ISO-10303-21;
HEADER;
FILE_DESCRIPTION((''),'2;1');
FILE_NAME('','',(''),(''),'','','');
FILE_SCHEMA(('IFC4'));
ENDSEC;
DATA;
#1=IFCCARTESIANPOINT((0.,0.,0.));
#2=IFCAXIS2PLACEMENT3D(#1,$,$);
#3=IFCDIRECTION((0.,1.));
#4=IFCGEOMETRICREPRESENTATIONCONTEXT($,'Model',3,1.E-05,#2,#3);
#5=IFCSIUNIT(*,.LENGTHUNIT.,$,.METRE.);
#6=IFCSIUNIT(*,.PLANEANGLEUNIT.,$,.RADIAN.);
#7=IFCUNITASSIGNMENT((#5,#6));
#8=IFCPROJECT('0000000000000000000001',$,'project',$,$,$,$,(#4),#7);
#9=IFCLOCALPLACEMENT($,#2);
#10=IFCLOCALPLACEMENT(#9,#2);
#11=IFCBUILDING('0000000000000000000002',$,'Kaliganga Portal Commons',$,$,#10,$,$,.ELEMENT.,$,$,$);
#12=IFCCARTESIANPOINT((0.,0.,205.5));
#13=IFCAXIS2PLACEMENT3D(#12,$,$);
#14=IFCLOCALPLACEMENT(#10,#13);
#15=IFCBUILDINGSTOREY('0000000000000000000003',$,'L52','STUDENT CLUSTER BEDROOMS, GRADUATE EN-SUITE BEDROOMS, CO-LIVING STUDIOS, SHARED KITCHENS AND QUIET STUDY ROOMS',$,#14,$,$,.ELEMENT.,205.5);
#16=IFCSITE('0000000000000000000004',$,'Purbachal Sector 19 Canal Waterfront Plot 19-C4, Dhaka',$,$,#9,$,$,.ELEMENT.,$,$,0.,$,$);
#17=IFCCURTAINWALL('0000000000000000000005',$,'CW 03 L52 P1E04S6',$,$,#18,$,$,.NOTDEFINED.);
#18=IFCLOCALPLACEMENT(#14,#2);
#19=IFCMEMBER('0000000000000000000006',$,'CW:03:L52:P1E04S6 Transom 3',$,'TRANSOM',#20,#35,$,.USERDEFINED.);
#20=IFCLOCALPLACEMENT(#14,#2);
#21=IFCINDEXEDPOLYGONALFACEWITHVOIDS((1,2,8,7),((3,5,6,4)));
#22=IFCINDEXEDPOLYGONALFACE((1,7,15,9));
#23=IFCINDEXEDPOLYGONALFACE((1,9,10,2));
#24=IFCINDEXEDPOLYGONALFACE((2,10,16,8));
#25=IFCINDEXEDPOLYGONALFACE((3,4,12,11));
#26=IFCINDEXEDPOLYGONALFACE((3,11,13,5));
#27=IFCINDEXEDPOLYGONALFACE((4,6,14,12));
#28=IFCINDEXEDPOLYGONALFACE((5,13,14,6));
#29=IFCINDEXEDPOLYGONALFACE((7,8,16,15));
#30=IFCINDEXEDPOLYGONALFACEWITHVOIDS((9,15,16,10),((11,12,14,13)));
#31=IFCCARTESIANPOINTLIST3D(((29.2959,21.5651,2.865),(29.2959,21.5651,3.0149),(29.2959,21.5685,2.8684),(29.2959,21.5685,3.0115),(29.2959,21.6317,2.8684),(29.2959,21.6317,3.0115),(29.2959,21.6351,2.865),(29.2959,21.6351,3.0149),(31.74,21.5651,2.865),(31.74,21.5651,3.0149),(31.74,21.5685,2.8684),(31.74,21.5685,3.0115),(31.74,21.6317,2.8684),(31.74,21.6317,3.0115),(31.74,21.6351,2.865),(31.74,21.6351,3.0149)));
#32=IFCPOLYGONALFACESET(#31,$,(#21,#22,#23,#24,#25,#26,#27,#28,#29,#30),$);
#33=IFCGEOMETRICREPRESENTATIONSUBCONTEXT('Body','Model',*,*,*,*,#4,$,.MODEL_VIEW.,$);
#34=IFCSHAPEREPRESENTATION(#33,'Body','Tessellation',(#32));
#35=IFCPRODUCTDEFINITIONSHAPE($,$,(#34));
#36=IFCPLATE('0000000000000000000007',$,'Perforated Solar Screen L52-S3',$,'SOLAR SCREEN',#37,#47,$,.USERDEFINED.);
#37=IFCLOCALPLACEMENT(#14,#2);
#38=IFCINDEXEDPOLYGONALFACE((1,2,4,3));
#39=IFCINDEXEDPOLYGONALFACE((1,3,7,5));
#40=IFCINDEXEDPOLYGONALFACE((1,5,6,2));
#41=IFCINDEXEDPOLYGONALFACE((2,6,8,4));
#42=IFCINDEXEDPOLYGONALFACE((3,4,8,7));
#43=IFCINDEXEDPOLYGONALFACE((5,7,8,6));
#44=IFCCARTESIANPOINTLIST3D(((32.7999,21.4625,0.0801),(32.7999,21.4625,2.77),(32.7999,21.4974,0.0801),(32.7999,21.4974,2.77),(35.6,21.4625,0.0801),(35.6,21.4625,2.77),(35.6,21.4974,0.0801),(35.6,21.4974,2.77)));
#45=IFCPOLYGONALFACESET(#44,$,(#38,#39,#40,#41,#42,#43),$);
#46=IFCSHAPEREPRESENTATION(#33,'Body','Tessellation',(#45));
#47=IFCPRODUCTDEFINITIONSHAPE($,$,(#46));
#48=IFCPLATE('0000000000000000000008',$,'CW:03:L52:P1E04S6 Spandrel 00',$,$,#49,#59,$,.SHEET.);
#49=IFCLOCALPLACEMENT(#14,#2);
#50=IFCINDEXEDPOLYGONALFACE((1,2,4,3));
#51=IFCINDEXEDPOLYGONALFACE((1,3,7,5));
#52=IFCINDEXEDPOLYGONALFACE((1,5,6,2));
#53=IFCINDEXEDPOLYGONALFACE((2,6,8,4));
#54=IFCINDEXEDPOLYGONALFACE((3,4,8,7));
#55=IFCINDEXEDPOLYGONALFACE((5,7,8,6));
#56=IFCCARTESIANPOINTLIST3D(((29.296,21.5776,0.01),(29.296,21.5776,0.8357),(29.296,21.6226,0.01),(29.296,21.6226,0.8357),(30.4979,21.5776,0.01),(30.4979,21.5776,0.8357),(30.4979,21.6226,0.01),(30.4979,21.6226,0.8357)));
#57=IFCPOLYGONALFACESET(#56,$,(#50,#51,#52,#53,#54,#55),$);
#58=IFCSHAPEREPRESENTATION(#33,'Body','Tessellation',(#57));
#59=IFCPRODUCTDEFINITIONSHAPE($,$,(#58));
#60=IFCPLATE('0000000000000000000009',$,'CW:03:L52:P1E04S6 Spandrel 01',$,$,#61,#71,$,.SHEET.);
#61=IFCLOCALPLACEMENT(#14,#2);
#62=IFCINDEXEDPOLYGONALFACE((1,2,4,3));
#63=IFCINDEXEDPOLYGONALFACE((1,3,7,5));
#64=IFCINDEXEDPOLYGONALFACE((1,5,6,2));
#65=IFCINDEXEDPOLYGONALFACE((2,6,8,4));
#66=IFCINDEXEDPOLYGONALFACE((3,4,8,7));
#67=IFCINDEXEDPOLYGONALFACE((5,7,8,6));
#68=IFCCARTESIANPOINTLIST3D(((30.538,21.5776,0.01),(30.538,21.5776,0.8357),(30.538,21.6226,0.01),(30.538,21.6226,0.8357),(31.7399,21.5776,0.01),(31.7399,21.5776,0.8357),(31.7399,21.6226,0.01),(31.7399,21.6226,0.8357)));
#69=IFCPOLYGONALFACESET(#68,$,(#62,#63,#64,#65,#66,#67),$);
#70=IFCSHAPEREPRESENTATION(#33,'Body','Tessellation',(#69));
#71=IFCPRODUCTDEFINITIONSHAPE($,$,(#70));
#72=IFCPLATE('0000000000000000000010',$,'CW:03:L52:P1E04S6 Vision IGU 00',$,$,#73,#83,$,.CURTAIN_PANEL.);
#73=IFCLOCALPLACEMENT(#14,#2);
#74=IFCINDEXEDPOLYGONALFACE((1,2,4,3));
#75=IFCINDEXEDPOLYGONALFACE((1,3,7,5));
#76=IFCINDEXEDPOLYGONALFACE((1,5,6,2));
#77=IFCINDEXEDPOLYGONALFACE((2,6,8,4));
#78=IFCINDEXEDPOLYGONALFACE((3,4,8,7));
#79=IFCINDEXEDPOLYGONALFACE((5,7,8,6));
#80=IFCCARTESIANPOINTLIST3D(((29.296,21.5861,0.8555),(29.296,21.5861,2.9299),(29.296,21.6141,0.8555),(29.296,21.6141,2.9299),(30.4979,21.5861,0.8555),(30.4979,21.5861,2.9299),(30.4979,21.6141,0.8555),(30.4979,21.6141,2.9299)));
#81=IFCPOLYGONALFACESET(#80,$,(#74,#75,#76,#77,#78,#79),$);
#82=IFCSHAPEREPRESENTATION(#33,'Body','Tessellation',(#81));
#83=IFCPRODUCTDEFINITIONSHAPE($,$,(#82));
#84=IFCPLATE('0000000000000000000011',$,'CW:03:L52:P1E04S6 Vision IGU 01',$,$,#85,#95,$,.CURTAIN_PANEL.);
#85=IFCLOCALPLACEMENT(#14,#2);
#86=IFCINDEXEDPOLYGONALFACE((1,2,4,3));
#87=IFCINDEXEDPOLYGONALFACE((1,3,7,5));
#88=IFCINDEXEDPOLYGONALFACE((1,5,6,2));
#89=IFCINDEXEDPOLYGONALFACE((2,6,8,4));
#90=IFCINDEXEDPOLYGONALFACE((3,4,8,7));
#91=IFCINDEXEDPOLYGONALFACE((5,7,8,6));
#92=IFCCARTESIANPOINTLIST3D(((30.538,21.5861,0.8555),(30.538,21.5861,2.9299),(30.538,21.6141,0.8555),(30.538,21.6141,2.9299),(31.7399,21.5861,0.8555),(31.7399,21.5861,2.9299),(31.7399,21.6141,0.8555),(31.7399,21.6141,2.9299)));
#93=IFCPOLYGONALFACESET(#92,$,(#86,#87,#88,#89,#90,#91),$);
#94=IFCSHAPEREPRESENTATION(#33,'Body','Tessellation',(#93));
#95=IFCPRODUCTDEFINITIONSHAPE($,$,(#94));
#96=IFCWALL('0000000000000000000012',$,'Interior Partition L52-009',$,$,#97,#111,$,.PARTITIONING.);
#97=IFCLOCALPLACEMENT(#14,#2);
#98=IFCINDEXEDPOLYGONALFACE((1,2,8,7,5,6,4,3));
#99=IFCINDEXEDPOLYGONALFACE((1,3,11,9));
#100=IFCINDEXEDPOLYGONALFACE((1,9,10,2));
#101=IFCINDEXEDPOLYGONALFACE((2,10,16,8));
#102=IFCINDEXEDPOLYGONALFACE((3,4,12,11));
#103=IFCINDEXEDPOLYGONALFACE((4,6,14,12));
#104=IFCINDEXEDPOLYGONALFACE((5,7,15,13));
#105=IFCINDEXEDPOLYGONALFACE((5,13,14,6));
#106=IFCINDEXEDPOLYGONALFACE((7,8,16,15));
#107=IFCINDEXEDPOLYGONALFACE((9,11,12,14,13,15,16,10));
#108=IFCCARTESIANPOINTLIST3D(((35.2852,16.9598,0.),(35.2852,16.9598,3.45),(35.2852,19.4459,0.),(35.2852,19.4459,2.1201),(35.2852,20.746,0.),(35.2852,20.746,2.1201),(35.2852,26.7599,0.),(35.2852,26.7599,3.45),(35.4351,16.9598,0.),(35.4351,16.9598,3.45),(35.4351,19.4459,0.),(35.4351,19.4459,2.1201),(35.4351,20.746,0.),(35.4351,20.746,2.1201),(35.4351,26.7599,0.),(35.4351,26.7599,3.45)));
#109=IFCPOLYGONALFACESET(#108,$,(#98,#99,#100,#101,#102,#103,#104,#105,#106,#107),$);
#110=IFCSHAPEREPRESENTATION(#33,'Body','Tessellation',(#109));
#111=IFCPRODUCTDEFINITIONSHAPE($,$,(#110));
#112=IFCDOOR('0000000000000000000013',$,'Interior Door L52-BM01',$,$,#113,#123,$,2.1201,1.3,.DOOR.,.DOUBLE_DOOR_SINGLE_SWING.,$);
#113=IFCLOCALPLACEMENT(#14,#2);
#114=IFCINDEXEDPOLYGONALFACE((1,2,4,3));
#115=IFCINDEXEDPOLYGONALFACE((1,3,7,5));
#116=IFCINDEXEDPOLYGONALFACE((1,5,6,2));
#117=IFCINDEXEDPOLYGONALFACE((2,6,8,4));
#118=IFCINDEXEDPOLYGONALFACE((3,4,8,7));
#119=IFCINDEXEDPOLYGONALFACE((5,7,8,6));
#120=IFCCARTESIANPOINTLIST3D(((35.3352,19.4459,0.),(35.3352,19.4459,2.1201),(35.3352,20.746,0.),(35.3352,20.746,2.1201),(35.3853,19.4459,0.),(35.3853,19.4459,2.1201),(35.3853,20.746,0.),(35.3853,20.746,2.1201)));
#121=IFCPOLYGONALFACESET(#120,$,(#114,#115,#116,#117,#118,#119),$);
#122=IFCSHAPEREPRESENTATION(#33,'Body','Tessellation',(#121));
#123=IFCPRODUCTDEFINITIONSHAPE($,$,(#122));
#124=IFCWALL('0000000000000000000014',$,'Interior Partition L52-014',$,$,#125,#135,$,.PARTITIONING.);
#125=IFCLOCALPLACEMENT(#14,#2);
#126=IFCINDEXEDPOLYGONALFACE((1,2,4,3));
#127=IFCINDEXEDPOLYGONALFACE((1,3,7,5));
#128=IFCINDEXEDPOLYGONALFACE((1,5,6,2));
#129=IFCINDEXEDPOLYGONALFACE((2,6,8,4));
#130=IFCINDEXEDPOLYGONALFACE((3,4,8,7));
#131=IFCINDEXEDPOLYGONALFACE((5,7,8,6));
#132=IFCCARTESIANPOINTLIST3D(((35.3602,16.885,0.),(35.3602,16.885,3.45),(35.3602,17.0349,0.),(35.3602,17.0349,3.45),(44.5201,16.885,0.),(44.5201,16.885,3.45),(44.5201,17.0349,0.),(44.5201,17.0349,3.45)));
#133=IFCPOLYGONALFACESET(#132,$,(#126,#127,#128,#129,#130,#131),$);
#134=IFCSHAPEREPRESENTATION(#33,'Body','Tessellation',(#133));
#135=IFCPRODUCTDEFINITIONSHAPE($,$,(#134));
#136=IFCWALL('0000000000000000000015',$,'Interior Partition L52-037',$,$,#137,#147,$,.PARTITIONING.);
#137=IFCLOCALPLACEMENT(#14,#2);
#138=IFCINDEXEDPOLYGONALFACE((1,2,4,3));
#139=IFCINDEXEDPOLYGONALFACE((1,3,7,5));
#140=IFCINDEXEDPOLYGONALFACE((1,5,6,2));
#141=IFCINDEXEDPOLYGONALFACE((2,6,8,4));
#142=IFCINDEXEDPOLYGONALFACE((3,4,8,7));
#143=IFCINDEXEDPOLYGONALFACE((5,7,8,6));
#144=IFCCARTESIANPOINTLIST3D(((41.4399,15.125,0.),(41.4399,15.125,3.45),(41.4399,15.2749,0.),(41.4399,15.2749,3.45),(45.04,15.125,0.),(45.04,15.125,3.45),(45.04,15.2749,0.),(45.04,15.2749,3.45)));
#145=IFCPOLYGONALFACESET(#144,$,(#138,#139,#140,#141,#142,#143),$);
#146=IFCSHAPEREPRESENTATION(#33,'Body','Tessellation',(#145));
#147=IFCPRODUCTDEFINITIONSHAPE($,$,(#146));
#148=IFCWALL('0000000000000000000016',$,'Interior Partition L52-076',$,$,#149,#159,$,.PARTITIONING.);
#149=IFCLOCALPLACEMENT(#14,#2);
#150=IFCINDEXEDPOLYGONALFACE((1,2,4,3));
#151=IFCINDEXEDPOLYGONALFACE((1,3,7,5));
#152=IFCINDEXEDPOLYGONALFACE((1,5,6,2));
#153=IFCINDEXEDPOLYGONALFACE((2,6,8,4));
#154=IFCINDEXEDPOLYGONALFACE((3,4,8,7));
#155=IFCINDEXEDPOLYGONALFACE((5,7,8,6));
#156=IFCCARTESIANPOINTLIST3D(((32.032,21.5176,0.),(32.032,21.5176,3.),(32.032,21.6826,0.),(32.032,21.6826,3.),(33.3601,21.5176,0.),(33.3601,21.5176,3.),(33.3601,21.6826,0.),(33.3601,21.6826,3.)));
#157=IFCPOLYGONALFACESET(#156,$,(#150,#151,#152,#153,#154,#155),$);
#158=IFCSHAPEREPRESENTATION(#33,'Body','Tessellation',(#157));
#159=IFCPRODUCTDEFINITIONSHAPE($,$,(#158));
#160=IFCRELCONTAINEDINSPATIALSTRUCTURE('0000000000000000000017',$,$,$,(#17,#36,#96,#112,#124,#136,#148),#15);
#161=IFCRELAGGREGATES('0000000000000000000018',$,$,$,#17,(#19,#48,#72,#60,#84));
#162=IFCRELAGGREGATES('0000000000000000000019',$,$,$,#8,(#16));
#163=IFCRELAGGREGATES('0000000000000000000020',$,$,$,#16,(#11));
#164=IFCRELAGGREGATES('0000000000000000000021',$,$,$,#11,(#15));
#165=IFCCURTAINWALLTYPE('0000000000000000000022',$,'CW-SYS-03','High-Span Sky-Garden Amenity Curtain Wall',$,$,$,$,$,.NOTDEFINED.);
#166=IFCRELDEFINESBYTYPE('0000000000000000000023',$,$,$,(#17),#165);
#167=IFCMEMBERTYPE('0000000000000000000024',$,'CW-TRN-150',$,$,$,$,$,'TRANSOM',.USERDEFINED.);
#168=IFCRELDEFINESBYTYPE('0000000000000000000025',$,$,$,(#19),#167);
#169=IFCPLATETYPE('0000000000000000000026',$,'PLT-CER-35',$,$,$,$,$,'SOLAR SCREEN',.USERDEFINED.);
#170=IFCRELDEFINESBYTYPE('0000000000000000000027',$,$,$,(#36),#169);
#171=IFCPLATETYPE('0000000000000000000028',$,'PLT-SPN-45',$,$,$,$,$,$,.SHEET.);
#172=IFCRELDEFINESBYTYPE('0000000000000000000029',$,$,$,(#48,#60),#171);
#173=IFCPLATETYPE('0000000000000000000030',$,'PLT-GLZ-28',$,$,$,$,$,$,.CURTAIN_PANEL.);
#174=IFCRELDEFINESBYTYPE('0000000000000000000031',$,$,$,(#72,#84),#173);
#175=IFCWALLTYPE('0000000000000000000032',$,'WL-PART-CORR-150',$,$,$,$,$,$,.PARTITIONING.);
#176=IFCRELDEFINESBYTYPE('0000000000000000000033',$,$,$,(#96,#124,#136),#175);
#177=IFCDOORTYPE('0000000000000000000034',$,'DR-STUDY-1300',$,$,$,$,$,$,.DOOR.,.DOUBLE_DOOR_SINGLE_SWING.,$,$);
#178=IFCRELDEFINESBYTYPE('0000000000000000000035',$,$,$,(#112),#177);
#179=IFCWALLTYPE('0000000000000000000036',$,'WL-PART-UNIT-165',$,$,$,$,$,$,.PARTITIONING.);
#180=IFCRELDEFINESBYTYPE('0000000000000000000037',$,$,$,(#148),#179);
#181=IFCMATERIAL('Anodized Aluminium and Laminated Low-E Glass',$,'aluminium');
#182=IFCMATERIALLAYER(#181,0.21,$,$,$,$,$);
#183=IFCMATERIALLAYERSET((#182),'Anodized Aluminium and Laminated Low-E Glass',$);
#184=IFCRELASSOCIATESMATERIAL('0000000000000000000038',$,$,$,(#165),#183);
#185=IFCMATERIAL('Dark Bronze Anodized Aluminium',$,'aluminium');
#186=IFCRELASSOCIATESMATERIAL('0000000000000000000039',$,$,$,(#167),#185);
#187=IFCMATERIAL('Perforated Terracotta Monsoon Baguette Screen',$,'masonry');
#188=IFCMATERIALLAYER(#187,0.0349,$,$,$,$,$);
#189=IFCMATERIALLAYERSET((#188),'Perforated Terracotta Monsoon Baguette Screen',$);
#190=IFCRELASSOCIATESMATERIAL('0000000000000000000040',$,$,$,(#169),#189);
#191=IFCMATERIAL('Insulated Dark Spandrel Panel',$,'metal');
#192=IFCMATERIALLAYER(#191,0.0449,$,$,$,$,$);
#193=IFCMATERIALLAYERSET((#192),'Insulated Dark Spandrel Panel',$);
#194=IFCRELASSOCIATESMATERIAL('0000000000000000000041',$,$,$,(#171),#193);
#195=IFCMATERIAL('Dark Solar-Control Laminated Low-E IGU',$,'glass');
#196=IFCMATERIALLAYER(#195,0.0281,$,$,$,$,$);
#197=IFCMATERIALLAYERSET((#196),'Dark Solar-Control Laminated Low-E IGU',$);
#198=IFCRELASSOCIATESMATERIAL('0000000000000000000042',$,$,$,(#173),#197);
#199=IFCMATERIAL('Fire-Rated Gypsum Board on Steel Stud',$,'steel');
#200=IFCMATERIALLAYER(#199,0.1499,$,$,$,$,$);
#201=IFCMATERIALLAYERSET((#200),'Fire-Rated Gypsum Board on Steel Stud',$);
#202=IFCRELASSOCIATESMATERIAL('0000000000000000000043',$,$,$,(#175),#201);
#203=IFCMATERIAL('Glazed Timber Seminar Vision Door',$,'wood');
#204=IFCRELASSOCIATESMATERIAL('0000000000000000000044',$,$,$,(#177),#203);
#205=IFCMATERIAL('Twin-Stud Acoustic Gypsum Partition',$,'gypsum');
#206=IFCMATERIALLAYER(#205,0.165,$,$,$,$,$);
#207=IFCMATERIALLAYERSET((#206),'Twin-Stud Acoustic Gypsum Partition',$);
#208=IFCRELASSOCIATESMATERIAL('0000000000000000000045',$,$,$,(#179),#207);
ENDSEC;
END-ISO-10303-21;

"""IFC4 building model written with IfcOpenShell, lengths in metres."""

from ifc_helpers import new_model, si_unit, direction, frame, frame_2d, origin, origin_2d, place, context, subcontext, project, spatial, rectangle, hollow_rectangle, extrude, source, transform, mapped, material, layer, layer_set, material_profile, profile_set, type_object, element, fill, aggregate, save


model = new_model("IFC4")

# Units and contexts
model_context = context("Model", 3, precision=1e-05, world=origin(), true_north=direction((0.0, 1.0)))
body_context = subcontext(model_context, "Body", "Model", "MODEL_VIEW")
ifc_project = project(units=[si_unit("LENGTHUNIT", "METRE"), si_unit("PLANEANGLEUNIT", "RADIAN")], contexts=[model_context])

# Site, building, storey
site_placement = place(None, origin())
site = spatial("IfcSite", under=ifc_project, at=site_placement, Name="Purbachal Sector 19 Canal Waterfront Plot 19-C4, Dhaka", CompositionType="ELEMENT", RefElevation=0.0)
building_placement = place(site_placement, origin())
building = spatial("IfcBuilding", under=site, at=building_placement, Name="Kaliganga Portal Commons", CompositionType="ELEMENT")
storey_placement = place(building_placement, frame((0.0, 0.0, 205.5)))
storey = spatial("IfcBuildingStorey", under=building, at=storey_placement, Name="L52", Description="STUDENT CLUSTER BEDROOMS, GRADUATE EN-SUITE BEDROOMS, CO-LIVING STUDIOS, SHARED KITCHENS AND QUIET STUDY ROOMS", CompositionType="ELEMENT", Elevation=205.5)

# Curtain wall, member
ifc_material_1 = material(Name="Anodized Aluminium and Laminated Low-E Glass", Category="aluminium")
ifc_layer_1 = layer(ifc_material_1, 0.21)
ifc_layer_set_1 = layer_set([ifc_layer_1], Name="Anodized Aluminium and Laminated Low-E Glass")
curtain_wall_type = type_object("IfcCurtainWallType", Name="CW-SYS-03", Description="High-Span Sky-Garden Amenity Curtain Wall", PredefinedType="NOTDEFINED", material=ifc_layer_set_1)
curtain_wall_placement = place(storey_placement, origin())
curtain_wall = element("IfcCurtainWall", 1, at=curtain_wall_placement, inside=storey, type_object=curtain_wall_type, Name="CW 03 L52 P1E04S6", PredefinedType="NOTDEFINED")
ifc_material_2 = material(Name="Dark Bronze Anodized Aluminium", Category="aluminium")
ifc_material_profile_1 = material_profile(ifc_material_2, hollow_rectangle(XDim=0.0701, YDim=0.1499, WallThickness=0.0034, at=origin_2d()), Name="ALU TRAN 70x150x3.5")
ifc_profile_set_1 = profile_set([ifc_material_profile_1], Name="Dark Bronze Anodized Aluminium")
member_type_1 = type_object("IfcMemberType", Name="CW-TRN-150", ElementType="TRANSOM", PredefinedType="USERDEFINED", material=ifc_profile_set_1)
shared_shape_1 = source(origin(), body_context, "Body", "SweptSolid", [
    extrude(hollow_rectangle(XDim=0.0701, YDim=0.1499, WallThickness=0.0034, at=origin_2d()), origin(), (0.0, 0.0, 1.0), 2.4441),
])
member_1_placement = place(storey_placement, frame((29.2959, 21.6001, 2.9399), z_axis=(1.0, 0.0, 0.0), x_axis=(0.0, 1.0, 0.0)))
member_1 = element("IfcMember", 2, at=member_1_placement, type_object=member_type_1, Name="CW:03:L52:P1E04S6 Transom 3", ObjectType="TRANSOM", PredefinedType="USERDEFINED", context=body_context, shape_type="MappedRepresentation", body=[
    mapped(shared_shape_1, transform((0.0, 0.0, 0.0), x_axis=(1.0, 0.0, 0.0), y_axis=(0.0, 1.0, 0.0), z_axis=(0.0, 0.0, 1.0), scale=1.0)),
])

# Plates
ifc_material_3 = material(Name="Perforated Terracotta Monsoon Baguette Screen", Category="masonry")
ifc_layer_2 = layer(ifc_material_3, 0.0349)
ifc_layer_set_2 = layer_set([ifc_layer_2], Name="Perforated Terracotta Monsoon Baguette Screen")
plate_type_1 = type_object("IfcPlateType", Name="PLT-CER-35", ElementType="SOLAR SCREEN", PredefinedType="USERDEFINED", material=ifc_layer_set_2)
shared_shape_2 = source(origin(), body_context, "Body", "SweptSolid", [
    extrude(rectangle(XDim=2.8, YDim=0.0349, at=origin_2d()), origin(), (0.0, 0.0, 1.0), 2.6899),
])
plate_1_placement = place(storey_placement, frame((34.2, 21.48, 0.0801), z_axis=(0.0, 0.0, 1.0), x_axis=(1.0, 0.0, 0.0)))
element("IfcPlate", 3, at=plate_1_placement, inside=storey, type_object=plate_type_1, Name="Perforated Solar Screen L52-S3", ObjectType="SOLAR SCREEN", PredefinedType="USERDEFINED", context=body_context, shape_type="MappedRepresentation", body=[
    mapped(shared_shape_2, transform((0.0, 0.0, 0.0), x_axis=(1.0, 0.0, 0.0), y_axis=(0.0, 1.0, 0.0), z_axis=(0.0, 0.0, 1.0), scale=1.0)),
])
ifc_material_4 = material(Name="Insulated Dark Spandrel Panel", Category="metal")
ifc_layer_3 = layer(ifc_material_4, 0.0449)
ifc_layer_set_3 = layer_set([ifc_layer_3], Name="Insulated Dark Spandrel Panel")
plate_type_2 = type_object("IfcPlateType", Name="PLT-SPN-45", PredefinedType="SHEET", material=ifc_layer_set_3)
shared_shape_3 = source(origin(), body_context, "Body", "SweptSolid", [
    extrude(rectangle(XDim=1.2019, YDim=0.0449, at=origin_2d()), origin(), (0.0, 0.0, 1.0), 0.8257),
])
plate_2_placement = place(storey_placement, frame((29.897, 21.6001, 0.01), z_axis=(0.0, 0.0, 1.0), x_axis=(1.0, 0.0, 0.0)))
plate_2 = element("IfcPlate", 4, at=plate_2_placement, type_object=plate_type_2, Name="CW:03:L52:P1E04S6 Spandrel 00", PredefinedType="SHEET", context=body_context, shape_type="MappedRepresentation", body=[
    mapped(shared_shape_3, transform((0.0, 0.0, 0.0), x_axis=(1.0, 0.0, 0.0), y_axis=(0.0, 1.0, 0.0), z_axis=(0.0, 0.0, 1.0), scale=1.0)),
])
plate_3_placement = place(storey_placement, frame((31.1389, 21.6001, 0.01), z_axis=(0.0, 0.0, 1.0), x_axis=(1.0, 0.0, 0.0)))
plate_3 = element("IfcPlate", 5, at=plate_3_placement, type_object=plate_type_2, Name="CW:03:L52:P1E04S6 Spandrel 01", PredefinedType="SHEET", context=body_context, shape_type="MappedRepresentation", body=[
    mapped(shared_shape_3, transform((0.0, 0.0, 0.0), x_axis=(1.0, 0.0, 0.0), y_axis=(0.0, 1.0, 0.0), z_axis=(0.0, 0.0, 1.0), scale=1.0)),
])
ifc_material_5 = material(Name="Dark Solar-Control Laminated Low-E IGU", Category="glass")
ifc_layer_4 = layer(ifc_material_5, 0.0281)
ifc_layer_set_4 = layer_set([ifc_layer_4], Name="Dark Solar-Control Laminated Low-E IGU")
plate_type_3 = type_object("IfcPlateType", Name="PLT-GLZ-28", PredefinedType="CURTAIN_PANEL", material=ifc_layer_set_4)
shared_shape_4 = source(origin(), body_context, "Body", "SweptSolid", [
    extrude(rectangle(XDim=1.2019, YDim=0.0281, at=origin_2d()), origin(), (0.0, 0.0, 1.0), 2.0745),
])
plate_4_placement = place(storey_placement, frame((29.897, 21.6001, 0.8555), z_axis=(0.0, 0.0, 1.0), x_axis=(1.0, 0.0, 0.0)))
plate_4 = element("IfcPlate", 6, at=plate_4_placement, type_object=plate_type_3, Name="CW:03:L52:P1E04S6 Vision IGU 00", PredefinedType="CURTAIN_PANEL", context=body_context, shape_type="MappedRepresentation", body=[
    mapped(shared_shape_4, transform((0.0, 0.0, 0.0), x_axis=(1.0, 0.0, 0.0), y_axis=(0.0, 1.0, 0.0), z_axis=(0.0, 0.0, 1.0), scale=1.0)),
])
plate_5_placement = place(storey_placement, frame((31.1389, 21.6001, 0.8555), z_axis=(0.0, 0.0, 1.0), x_axis=(1.0, 0.0, 0.0)))
plate_5 = element("IfcPlate", 7, at=plate_5_placement, type_object=plate_type_3, Name="CW:03:L52:P1E04S6 Vision IGU 01", PredefinedType="CURTAIN_PANEL", context=body_context, shape_type="MappedRepresentation", body=[
    mapped(shared_shape_4, transform((0.0, 0.0, 0.0), x_axis=(1.0, 0.0, 0.0), y_axis=(0.0, 1.0, 0.0), z_axis=(0.0, 0.0, 1.0), scale=1.0)),
])
aggregate(curtain_wall, [member_1, plate_2, plate_4, plate_3, plate_5])

# Wall, opening, door
ifc_material_6 = material(Name="Fire-Rated Gypsum Board on Steel Stud", Category="steel")
ifc_layer_5 = layer(ifc_material_6, 0.1499)
ifc_layer_set_5 = layer_set([ifc_layer_5], Name="Fire-Rated Gypsum Board on Steel Stud")
wall_type_1 = type_object("IfcWallType", Name="WL-PART-CORR-150", PredefinedType="PARTITIONING", material=ifc_layer_set_5)
wall_1_placement = place(storey_placement, frame((35.3601, 16.96, 0.0), z_axis=(0.0, 0.0, 1.0), x_axis=(0.0, 1.0, 0.0)))
wall_1 = element("IfcWall", 8, at=wall_1_placement, inside=storey, type_object=wall_type_1, Name="Interior Partition L52-009", PredefinedType="PARTITIONING", context=body_context, shape_type="SweptSolid", body=[
    extrude(rectangle(XDim=9.8, YDim=0.1499, at=frame_2d((4.8999, 0.0))), origin(), (0.0, 0.0, 1.0), 3.45),
])
opening_1_placement = place(wall_1_placement, frame((2.4861, 0.0, 0.0)))
opening_1 = element("IfcOpeningElement", 9, at=opening_1_placement, cuts=wall_1, PredefinedType="OPENING", context=body_context, shape_type="SweptSolid", body=[
    extrude(rectangle(XDim=1.3, YDim=2.1201, at=frame_2d((0.6499, 1.0601))), frame((0.0, 0.085, 0.0), z_axis=(0.0, -1.0, 0.0), x_axis=(1.0, 0.0, 0.0)), (0.0, 0.0, 1.0), 0.1699),
])
ifc_material_7 = material(Name="Glazed Timber Seminar Vision Door", Category="wood")
door_type = type_object("IfcDoorType", Name="DR-STUDY-1300", OperationType="DOUBLE_DOOR_SINGLE_SWING", PredefinedType="DOOR", material=ifc_material_7)
door_1_placement = place(opening_1_placement, origin())
door_1 = element("IfcDoor", 10, at=door_1_placement, inside=storey, type_object=door_type, Name="Interior Door L52-BM01", OperationType="DOUBLE_DOOR_SINGLE_SWING", OverallHeight=2.1201, OverallWidth=1.3, PredefinedType="DOOR", context=body_context, shape_type="SweptSolid", body=[
    extrude(rectangle(XDim=1.3, YDim=2.1201, at=frame_2d((0.6499, 1.0601))), frame((0.0, 0.0249, 0.0), z_axis=(0.0, -1.0, 0.0), x_axis=(1.0, 0.0, 0.0)), (0.0, 0.0, 1.0), 0.05),
])
fill(opening_1, door_1)

# Wall
wall_2_placement = place(storey_placement, frame((35.3601, 16.96, 0.0), z_axis=(0.0, 0.0, 1.0), x_axis=(1.0, 0.0, 0.0)))
element("IfcWall", 11, at=wall_2_placement, inside=storey, type_object=wall_type_1, Name="Interior Partition L52-014", PredefinedType="PARTITIONING", context=body_context, shape_type="SweptSolid", body=[
    extrude(rectangle(XDim=9.1599, YDim=0.1499, at=frame_2d((4.5801, 0.0))), origin(), (0.0, 0.0, 1.0), 3.45),
])

# Walls
wall_3_placement = place(storey_placement, frame((41.4399, 15.2, 0.0), z_axis=(0.0, 0.0, 1.0), x_axis=(1.0, 0.0, 0.0)))
element("IfcWall", 12, at=wall_3_placement, inside=storey, type_object=wall_type_1, Name="Interior Partition L52-037", PredefinedType="PARTITIONING", context=body_context, shape_type="SweptSolid", body=[
    extrude(rectangle(XDim=3.6001, YDim=0.1499, at=frame_2d((1.8, 0.0))), origin(), (0.0, 0.0, 1.0), 3.45),
])
ifc_material_8 = material(Name="Twin-Stud Acoustic Gypsum Partition", Category="gypsum")
ifc_layer_6 = layer(ifc_material_8, 0.165)
ifc_layer_set_6 = layer_set([ifc_layer_6], Name="Twin-Stud Acoustic Gypsum Partition")
wall_type_2 = type_object("IfcWallType", Name="WL-PART-UNIT-165", PredefinedType="PARTITIONING", material=ifc_layer_set_6)
wall_4_placement = place(storey_placement, frame((32.032, 21.6001, 0.0), z_axis=(0.0, 0.0, 1.0), x_axis=(1.0, 0.0, 0.0)))
element("IfcWall", 13, at=wall_4_placement, inside=storey, type_object=wall_type_2, Name="Interior Partition L52-076", PredefinedType="PARTITIONING", context=body_context, shape_type="SweptSolid", body=[
    extrude(rectangle(XDim=1.3281, YDim=0.165, at=frame_2d((0.6641, 0.0))), origin(), (0.0, 0.0, 1.0), 3.0),
])

save(model, "model.ifc")
